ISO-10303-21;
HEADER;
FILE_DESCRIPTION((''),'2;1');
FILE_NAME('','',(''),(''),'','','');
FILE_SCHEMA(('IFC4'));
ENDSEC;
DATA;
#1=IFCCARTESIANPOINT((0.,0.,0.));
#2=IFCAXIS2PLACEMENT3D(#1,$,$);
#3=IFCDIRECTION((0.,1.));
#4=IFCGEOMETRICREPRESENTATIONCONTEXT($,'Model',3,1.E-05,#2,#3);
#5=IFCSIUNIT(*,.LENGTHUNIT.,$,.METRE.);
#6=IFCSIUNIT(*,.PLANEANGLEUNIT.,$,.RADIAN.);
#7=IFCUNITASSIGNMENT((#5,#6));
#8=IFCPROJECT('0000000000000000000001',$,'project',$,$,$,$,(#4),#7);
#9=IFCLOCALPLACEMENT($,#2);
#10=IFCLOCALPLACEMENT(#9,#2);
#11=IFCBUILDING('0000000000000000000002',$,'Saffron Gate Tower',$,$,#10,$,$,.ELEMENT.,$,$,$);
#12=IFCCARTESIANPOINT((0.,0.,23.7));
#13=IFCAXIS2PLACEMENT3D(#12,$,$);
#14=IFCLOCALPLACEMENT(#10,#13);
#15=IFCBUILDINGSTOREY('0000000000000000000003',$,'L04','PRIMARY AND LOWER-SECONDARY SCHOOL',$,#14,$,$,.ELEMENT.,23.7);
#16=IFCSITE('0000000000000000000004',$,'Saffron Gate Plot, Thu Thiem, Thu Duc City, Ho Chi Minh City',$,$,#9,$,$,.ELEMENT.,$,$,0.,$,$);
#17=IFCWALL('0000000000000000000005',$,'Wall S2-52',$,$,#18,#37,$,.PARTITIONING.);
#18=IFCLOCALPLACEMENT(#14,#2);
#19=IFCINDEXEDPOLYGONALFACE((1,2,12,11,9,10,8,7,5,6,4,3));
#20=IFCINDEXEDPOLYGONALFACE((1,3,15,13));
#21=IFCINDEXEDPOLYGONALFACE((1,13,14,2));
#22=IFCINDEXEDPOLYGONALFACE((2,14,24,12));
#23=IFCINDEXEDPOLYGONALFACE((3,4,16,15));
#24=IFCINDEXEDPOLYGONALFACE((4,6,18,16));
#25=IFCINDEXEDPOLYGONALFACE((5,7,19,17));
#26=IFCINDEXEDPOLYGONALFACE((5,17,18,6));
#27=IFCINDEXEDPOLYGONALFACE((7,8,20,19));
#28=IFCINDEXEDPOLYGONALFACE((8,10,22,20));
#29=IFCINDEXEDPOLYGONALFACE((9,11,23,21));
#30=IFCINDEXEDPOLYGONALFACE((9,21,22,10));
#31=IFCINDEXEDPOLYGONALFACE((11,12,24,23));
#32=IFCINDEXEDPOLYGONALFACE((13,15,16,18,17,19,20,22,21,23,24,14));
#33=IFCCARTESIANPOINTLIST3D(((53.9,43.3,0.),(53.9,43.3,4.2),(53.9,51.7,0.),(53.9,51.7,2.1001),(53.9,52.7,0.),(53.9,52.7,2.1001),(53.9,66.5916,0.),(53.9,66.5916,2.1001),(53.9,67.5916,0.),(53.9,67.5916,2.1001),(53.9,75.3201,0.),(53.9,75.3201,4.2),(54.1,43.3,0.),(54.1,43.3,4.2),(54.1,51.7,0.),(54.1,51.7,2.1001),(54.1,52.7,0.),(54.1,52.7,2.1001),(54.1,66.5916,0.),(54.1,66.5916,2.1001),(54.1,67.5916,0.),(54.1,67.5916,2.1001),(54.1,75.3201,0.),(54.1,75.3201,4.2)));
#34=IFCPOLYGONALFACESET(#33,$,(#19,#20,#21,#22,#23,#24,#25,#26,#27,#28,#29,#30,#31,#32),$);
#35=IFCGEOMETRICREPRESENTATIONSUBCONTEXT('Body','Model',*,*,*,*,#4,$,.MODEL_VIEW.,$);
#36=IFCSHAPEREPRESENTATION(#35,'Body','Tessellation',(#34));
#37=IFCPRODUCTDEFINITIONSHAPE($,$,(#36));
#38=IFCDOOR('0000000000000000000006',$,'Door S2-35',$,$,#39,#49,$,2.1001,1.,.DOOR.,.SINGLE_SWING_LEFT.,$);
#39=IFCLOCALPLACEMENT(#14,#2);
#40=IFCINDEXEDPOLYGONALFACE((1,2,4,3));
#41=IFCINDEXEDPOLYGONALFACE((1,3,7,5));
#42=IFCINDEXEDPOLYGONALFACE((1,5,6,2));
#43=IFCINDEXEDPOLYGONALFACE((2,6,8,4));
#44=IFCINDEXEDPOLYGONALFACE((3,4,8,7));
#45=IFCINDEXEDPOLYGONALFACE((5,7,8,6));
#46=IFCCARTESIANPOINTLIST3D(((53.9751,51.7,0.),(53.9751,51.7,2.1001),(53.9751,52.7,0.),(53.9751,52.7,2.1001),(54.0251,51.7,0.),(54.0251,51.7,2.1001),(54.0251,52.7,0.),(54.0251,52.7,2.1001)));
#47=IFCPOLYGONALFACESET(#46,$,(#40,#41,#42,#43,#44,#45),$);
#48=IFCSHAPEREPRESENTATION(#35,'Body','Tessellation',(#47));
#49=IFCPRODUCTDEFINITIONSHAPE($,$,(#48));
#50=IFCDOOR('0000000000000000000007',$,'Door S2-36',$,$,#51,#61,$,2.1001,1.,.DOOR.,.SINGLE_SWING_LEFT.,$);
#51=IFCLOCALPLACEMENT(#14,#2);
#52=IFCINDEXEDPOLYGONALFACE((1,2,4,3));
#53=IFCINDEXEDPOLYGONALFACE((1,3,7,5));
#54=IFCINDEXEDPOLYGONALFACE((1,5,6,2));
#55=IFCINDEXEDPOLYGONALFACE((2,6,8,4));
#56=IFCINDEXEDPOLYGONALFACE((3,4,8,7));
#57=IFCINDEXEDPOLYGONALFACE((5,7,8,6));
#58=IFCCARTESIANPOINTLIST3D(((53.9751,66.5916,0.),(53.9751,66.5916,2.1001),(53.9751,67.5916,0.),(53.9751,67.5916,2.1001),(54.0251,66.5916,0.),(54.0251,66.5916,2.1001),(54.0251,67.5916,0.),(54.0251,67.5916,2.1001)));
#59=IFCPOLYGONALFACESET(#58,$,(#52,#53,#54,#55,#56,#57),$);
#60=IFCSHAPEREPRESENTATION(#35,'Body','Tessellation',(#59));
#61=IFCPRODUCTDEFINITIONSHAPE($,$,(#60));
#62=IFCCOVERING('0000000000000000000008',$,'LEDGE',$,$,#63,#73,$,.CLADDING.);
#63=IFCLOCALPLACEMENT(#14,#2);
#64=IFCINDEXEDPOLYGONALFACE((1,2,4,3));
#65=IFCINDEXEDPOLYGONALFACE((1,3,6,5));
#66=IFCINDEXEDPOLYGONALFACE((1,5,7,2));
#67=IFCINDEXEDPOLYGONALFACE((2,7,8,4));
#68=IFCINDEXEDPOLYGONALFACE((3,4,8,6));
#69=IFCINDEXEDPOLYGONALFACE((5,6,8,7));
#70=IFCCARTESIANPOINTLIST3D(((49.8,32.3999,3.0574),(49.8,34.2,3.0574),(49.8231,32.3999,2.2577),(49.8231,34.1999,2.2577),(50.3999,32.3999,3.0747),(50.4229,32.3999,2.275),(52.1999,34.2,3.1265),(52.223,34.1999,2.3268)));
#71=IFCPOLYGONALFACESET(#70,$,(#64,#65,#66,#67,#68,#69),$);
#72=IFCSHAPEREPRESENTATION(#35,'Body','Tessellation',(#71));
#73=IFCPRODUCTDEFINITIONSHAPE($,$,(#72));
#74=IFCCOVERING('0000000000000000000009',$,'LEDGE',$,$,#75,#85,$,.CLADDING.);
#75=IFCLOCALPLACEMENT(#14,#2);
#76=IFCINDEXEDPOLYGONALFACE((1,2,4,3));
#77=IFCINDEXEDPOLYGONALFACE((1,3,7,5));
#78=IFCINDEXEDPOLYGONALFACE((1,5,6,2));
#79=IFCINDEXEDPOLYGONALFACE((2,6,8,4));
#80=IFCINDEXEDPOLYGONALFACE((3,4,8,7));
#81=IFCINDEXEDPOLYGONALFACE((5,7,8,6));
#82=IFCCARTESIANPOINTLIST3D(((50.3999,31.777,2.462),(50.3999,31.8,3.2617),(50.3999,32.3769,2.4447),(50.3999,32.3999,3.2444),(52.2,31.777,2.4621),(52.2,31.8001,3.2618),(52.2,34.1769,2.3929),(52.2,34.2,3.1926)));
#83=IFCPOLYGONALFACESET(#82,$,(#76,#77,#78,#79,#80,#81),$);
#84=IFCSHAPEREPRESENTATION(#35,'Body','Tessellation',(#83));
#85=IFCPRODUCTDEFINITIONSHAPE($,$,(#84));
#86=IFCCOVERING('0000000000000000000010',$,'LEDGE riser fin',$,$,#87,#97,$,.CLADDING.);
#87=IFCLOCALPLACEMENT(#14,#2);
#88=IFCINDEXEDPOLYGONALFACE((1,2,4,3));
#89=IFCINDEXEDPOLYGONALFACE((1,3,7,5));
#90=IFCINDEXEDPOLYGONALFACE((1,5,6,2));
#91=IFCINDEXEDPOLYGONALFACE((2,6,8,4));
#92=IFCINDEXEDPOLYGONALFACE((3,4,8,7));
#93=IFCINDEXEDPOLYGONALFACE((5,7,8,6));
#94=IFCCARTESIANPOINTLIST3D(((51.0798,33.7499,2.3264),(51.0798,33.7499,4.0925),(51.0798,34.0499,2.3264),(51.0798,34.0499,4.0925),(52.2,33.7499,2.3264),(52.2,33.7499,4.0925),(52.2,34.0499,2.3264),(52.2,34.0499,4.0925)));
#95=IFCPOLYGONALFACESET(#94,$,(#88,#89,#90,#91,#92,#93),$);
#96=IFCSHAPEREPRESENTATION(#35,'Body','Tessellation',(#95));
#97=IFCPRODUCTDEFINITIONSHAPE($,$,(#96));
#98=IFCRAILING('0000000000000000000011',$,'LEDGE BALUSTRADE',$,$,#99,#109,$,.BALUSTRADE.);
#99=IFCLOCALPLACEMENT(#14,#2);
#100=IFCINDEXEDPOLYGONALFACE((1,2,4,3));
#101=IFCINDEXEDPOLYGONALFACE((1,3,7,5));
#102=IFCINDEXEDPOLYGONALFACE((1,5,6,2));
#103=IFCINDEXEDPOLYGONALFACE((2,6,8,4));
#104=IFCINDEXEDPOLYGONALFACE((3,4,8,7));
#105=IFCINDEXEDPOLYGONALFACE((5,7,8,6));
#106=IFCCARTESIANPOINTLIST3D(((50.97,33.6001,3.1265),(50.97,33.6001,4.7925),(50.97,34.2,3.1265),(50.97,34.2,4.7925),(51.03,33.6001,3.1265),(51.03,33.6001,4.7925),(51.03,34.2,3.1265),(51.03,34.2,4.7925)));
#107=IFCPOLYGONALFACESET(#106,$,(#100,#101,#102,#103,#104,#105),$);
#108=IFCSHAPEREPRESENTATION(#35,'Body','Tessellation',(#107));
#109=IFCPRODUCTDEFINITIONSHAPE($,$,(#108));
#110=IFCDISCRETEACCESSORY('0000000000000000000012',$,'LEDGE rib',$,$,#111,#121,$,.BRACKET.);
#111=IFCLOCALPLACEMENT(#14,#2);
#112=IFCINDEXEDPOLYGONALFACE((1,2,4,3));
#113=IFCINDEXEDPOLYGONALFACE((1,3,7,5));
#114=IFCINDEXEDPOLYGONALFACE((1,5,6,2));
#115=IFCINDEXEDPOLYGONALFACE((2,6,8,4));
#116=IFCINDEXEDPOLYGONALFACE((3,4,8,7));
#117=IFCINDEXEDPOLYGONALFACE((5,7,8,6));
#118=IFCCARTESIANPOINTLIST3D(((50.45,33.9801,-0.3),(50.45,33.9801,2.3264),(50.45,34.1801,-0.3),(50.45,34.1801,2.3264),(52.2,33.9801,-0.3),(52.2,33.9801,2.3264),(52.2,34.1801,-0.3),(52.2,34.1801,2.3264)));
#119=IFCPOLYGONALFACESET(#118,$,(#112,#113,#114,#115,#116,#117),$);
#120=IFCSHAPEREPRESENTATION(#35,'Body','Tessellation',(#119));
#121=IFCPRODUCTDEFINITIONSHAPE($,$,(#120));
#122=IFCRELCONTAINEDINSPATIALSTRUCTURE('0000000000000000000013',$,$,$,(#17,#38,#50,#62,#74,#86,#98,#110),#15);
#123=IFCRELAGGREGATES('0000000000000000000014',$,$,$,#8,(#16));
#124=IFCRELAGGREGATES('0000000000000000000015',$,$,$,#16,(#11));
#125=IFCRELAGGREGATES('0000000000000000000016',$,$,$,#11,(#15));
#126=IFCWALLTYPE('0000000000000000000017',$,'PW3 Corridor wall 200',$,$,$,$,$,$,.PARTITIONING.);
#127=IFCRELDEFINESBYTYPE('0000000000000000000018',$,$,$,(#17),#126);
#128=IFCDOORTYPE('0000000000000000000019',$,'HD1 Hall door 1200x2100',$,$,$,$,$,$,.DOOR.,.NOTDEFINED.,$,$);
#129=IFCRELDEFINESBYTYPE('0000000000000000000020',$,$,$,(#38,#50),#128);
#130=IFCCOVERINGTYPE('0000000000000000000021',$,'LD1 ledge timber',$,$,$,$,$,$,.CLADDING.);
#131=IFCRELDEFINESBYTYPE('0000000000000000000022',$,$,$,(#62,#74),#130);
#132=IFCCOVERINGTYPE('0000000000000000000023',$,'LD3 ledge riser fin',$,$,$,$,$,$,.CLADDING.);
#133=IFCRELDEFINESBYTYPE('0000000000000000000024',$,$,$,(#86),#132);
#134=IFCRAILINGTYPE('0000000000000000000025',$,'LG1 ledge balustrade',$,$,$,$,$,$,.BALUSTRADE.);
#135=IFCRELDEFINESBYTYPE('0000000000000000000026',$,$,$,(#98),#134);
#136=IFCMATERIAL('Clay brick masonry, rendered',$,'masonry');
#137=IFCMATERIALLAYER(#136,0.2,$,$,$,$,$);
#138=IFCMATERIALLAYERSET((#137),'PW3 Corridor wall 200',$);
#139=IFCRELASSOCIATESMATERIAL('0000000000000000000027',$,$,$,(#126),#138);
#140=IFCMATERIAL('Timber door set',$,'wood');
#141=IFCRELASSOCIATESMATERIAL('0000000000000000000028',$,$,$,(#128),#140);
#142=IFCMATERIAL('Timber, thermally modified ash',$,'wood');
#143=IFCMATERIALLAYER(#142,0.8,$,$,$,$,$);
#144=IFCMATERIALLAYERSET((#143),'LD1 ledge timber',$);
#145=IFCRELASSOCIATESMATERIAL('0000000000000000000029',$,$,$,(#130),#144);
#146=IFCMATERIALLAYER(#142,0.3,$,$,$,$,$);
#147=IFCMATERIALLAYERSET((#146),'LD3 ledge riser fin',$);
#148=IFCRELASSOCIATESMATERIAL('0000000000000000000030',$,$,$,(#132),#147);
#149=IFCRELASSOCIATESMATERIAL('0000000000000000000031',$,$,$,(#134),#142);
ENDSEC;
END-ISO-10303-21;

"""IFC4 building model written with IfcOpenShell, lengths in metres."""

from ifc_helpers import new_model, si_unit, direction, frame, frame_2d, origin, origin_2d, place, context, subcontext, project, spatial, polyline, rectangle, outline, extrude, material, layer, layer_set, type_object, element, fill, save


model = new_model("IFC4")

# Units and contexts
model_context = context("Model", 3, precision=1e-05, world=origin(), true_north=direction((0.0, 1.0)))
body_context = subcontext(model_context, "Body", "Model", "MODEL_VIEW")
ifc_project = project(units=[si_unit("LENGTHUNIT", "METRE"), si_unit("PLANEANGLEUNIT", "RADIAN")], contexts=[model_context])

# Site, building, storey
site_placement = place(None, origin())
site = spatial("IfcSite", under=ifc_project, at=site_placement, Name="Saffron Gate Plot, Thu Thiem, Thu Duc City, Ho Chi Minh City", CompositionType="ELEMENT", RefElevation=0.0)
building_placement = place(site_placement, origin())
building = spatial("IfcBuilding", under=site, at=building_placement, Name="Saffron Gate Tower", CompositionType="ELEMENT")
storey_placement = place(building_placement, frame((0.0, 0.0, 23.7)))
storey = spatial("IfcBuildingStorey", under=building, at=storey_placement, Name="L04", Description="PRIMARY AND LOWER-SECONDARY SCHOOL", CompositionType="ELEMENT", Elevation=23.7)

# Shared definitions
ifc_material_1 = material(Name="Clay brick masonry, rendered", Category="masonry")
ifc_layer_1 = layer(ifc_material_1, 0.2)
ifc_layer_set_1 = layer_set([ifc_layer_1], Name="PW3 Corridor wall 200")
wall_type = type_object("IfcWallType", Name="PW3 Corridor wall 200", PredefinedType="PARTITIONING", material=ifc_layer_set_1)

# Wall, openings, doors
wall_1_placement = place(storey_placement, frame((54.0, 43.3, 0.0), z_axis=(0.0, 0.0, 1.0), x_axis=(0.0, 1.0, 0.0)))
wall_1 = element("IfcWall", 1, at=wall_1_placement, inside=storey, type_object=wall_type, Name="Wall S2-52", PredefinedType="PARTITIONING", context=body_context, shape_type="SweptSolid", body=[
    extrude(rectangle(XDim=32.02, YDim=0.2, at=frame_2d((16.01, 0.0))), origin(), (0.0, 0.0, 1.0), 4.2),
])
opening_1_placement = place(wall_1_placement, frame((8.3999, 0.0, 0.0)))
opening_1 = element("IfcOpeningElement", 2, at=opening_1_placement, cuts=wall_1, PredefinedType="OPENING", context=body_context, shape_type="SweptSolid", body=[
    extrude(rectangle(XDim=1.0, YDim=2.1001, at=frame_2d((0.5, 1.05))), frame((0.0, 0.1099, 0.0), z_axis=(0.0, -1.0, 0.0), x_axis=(1.0, 0.0, 0.0)), (0.0, 0.0, 1.0), 0.22),
])
opening_2_placement = place(wall_1_placement, frame((23.2915, 0.0, 0.0)))
opening_2 = element("IfcOpeningElement", 3, at=opening_2_placement, cuts=wall_1, PredefinedType="OPENING", context=body_context, shape_type="SweptSolid", body=[
    extrude(rectangle(XDim=1.0, YDim=2.1001, at=frame_2d((0.5, 1.05))), frame((0.0, 0.1099, 0.0), z_axis=(0.0, -1.0, 0.0), x_axis=(1.0, 0.0, 0.0)), (0.0, 0.0, 1.0), 0.22),
])
ifc_material_2 = material(Name="Timber door set", Category="wood")
door_type = type_object("IfcDoorType", Name="HD1 Hall door 1200x2100", OperationType="NOTDEFINED", PredefinedType="DOOR", material=ifc_material_2)
door_1_placement = place(opening_1_placement, origin())
door_1 = element("IfcDoor", 4, at=door_1_placement, inside=storey, type_object=door_type, Name="Door S2-35", OperationType="SINGLE_SWING_LEFT", OverallHeight=2.1001, OverallWidth=1.0, PredefinedType="DOOR", context=body_context, shape_type="SweptSolid", body=[
    extrude(rectangle(XDim=1.0, YDim=2.1001, at=frame_2d((0.5, 1.05))), frame((0.0, 0.0249, 0.0), z_axis=(0.0, -1.0, 0.0), x_axis=(1.0, 0.0, 0.0)), (0.0, 0.0, 1.0), 0.05),
])
fill(opening_1, door_1)
door_2_placement = place(opening_2_placement, origin())
door_2 = element("IfcDoor", 5, at=door_2_placement, inside=storey, type_object=door_type, Name="Door S2-36", OperationType="SINGLE_SWING_LEFT", OverallHeight=2.1001, OverallWidth=1.0, PredefinedType="DOOR", context=body_context, shape_type="SweptSolid", body=[
    extrude(rectangle(XDim=1.0, YDim=2.1001, at=frame_2d((0.5, 1.05))), frame((0.0, 0.0249, 0.0), z_axis=(0.0, -1.0, 0.0), x_axis=(1.0, 0.0, 0.0)), (0.0, 0.0, 1.0), 0.05),
])
fill(opening_2, door_2)

# Coverings
ifc_material_3 = material(Name="Timber, thermally modified ash", Category="wood")
ifc_layer_2 = layer(ifc_material_3, 0.8)
ifc_layer_set_2 = layer_set([ifc_layer_2], Name="LD1 ledge timber")
covering_type_1 = type_object("IfcCoveringType", Name="LD1 ledge timber", PredefinedType="CLADDING", material=ifc_layer_set_2)
covering_1_placement = place(storey_placement, frame((49.8, 34.2, 3.0574), z_axis=(-0.028799, 0.000029, 0.999585), x_axis=(0.999585, 0.0, 0.028799)))
element("IfcCovering", 6, at=covering_1_placement, inside=storey, type_object=covering_type_1, Name="LEDGE", PredefinedType="CLADDING", context=body_context, shape_type="SweptSolid", body=[
    extrude(outline(polyline([(0.0, 0.0), (2.4009, 0.0), (0.6001, -1.8), (0.0, -1.8), (0.0, 0.0)])), origin(), (0.0, 0.0, -1.0), 0.8),
])
covering_2_placement = place(storey_placement, frame((52.2, 34.2, 3.1926), z_axis=(-0.000029, 0.028799, 0.999585), x_axis=(0.0, -0.999585, 0.028799)))
element("IfcCovering", 7, at=covering_2_placement, inside=storey, type_object=covering_type_1, Name="LEDGE", PredefinedType="CLADDING", context=body_context, shape_type="SweptSolid", body=[
    extrude(outline(polyline([(0.0, 0.0), (2.4009, 0.0), (2.4009, -1.8), (1.8008, -1.8), (0.0, 0.0)])), origin(), (0.0, 0.0, -1.0), 0.8),
])
ifc_layer_3 = layer(ifc_material_3, 0.3)
ifc_layer_set_3 = layer_set([ifc_layer_3], Name="LD3 ledge riser fin")
covering_type_2 = type_object("IfcCoveringType", Name="LD3 ledge riser fin", PredefinedType="CLADDING", material=ifc_layer_set_3)
covering_3_placement = place(storey_placement, frame((51.6399, 33.8999, 2.3264), z_axis=(0.0, 0.0, 1.0), x_axis=(0.0, -1.0, 0.0)))
element("IfcCovering", 8, at=covering_3_placement, inside=storey, type_object=covering_type_2, Name="LEDGE riser fin", PredefinedType="CLADDING", context=body_context, shape_type="SweptSolid", body=[
    extrude(rectangle(XDim=0.3, YDim=1.1201, at=origin_2d()), origin(), (0.0, 0.0, 1.0), 1.7661),
])

# Railing
railing_type = type_object("IfcRailingType", Name="LG1 ledge balustrade", PredefinedType="BALUSTRADE", material=ifc_material_3)
railing_placement = place(storey_placement, frame((51.0, 34.2, 3.1265)))
element("IfcRailing", 9, at=railing_placement, inside=storey, type_object=railing_type, Name="LEDGE BALUSTRADE", PredefinedType="BALUSTRADE", context=body_context, shape_type="SweptSolid", body=[
    extrude(rectangle(XDim=0.0601, YDim=1.666, at=origin_2d()), frame((0.0, 0.0, 0.833), z_axis=(0.0, -1.0, 0.0), x_axis=(1.0, 0.0, 0.0)), (0.0, 0.0, 1.0), 0.5999),
])

# Discrete accessory
discrete_accessory_placement = place(storey_placement, frame((51.325, 34.0801, -0.3), z_axis=(0.0, 0.0, 1.0), x_axis=(0.0, -1.0, 0.0)))
element("IfcDiscreteAccessory", 10, at=discrete_accessory_placement, inside=storey, Name="LEDGE rib", PredefinedType="BRACKET", context=body_context, shape_type="SweptSolid", body=[
    extrude(rectangle(XDim=0.2, YDim=1.75, at=origin_2d()), origin(), (0.0, 0.0, 1.0), 2.6265),
])

save(model, "model.ifc")
